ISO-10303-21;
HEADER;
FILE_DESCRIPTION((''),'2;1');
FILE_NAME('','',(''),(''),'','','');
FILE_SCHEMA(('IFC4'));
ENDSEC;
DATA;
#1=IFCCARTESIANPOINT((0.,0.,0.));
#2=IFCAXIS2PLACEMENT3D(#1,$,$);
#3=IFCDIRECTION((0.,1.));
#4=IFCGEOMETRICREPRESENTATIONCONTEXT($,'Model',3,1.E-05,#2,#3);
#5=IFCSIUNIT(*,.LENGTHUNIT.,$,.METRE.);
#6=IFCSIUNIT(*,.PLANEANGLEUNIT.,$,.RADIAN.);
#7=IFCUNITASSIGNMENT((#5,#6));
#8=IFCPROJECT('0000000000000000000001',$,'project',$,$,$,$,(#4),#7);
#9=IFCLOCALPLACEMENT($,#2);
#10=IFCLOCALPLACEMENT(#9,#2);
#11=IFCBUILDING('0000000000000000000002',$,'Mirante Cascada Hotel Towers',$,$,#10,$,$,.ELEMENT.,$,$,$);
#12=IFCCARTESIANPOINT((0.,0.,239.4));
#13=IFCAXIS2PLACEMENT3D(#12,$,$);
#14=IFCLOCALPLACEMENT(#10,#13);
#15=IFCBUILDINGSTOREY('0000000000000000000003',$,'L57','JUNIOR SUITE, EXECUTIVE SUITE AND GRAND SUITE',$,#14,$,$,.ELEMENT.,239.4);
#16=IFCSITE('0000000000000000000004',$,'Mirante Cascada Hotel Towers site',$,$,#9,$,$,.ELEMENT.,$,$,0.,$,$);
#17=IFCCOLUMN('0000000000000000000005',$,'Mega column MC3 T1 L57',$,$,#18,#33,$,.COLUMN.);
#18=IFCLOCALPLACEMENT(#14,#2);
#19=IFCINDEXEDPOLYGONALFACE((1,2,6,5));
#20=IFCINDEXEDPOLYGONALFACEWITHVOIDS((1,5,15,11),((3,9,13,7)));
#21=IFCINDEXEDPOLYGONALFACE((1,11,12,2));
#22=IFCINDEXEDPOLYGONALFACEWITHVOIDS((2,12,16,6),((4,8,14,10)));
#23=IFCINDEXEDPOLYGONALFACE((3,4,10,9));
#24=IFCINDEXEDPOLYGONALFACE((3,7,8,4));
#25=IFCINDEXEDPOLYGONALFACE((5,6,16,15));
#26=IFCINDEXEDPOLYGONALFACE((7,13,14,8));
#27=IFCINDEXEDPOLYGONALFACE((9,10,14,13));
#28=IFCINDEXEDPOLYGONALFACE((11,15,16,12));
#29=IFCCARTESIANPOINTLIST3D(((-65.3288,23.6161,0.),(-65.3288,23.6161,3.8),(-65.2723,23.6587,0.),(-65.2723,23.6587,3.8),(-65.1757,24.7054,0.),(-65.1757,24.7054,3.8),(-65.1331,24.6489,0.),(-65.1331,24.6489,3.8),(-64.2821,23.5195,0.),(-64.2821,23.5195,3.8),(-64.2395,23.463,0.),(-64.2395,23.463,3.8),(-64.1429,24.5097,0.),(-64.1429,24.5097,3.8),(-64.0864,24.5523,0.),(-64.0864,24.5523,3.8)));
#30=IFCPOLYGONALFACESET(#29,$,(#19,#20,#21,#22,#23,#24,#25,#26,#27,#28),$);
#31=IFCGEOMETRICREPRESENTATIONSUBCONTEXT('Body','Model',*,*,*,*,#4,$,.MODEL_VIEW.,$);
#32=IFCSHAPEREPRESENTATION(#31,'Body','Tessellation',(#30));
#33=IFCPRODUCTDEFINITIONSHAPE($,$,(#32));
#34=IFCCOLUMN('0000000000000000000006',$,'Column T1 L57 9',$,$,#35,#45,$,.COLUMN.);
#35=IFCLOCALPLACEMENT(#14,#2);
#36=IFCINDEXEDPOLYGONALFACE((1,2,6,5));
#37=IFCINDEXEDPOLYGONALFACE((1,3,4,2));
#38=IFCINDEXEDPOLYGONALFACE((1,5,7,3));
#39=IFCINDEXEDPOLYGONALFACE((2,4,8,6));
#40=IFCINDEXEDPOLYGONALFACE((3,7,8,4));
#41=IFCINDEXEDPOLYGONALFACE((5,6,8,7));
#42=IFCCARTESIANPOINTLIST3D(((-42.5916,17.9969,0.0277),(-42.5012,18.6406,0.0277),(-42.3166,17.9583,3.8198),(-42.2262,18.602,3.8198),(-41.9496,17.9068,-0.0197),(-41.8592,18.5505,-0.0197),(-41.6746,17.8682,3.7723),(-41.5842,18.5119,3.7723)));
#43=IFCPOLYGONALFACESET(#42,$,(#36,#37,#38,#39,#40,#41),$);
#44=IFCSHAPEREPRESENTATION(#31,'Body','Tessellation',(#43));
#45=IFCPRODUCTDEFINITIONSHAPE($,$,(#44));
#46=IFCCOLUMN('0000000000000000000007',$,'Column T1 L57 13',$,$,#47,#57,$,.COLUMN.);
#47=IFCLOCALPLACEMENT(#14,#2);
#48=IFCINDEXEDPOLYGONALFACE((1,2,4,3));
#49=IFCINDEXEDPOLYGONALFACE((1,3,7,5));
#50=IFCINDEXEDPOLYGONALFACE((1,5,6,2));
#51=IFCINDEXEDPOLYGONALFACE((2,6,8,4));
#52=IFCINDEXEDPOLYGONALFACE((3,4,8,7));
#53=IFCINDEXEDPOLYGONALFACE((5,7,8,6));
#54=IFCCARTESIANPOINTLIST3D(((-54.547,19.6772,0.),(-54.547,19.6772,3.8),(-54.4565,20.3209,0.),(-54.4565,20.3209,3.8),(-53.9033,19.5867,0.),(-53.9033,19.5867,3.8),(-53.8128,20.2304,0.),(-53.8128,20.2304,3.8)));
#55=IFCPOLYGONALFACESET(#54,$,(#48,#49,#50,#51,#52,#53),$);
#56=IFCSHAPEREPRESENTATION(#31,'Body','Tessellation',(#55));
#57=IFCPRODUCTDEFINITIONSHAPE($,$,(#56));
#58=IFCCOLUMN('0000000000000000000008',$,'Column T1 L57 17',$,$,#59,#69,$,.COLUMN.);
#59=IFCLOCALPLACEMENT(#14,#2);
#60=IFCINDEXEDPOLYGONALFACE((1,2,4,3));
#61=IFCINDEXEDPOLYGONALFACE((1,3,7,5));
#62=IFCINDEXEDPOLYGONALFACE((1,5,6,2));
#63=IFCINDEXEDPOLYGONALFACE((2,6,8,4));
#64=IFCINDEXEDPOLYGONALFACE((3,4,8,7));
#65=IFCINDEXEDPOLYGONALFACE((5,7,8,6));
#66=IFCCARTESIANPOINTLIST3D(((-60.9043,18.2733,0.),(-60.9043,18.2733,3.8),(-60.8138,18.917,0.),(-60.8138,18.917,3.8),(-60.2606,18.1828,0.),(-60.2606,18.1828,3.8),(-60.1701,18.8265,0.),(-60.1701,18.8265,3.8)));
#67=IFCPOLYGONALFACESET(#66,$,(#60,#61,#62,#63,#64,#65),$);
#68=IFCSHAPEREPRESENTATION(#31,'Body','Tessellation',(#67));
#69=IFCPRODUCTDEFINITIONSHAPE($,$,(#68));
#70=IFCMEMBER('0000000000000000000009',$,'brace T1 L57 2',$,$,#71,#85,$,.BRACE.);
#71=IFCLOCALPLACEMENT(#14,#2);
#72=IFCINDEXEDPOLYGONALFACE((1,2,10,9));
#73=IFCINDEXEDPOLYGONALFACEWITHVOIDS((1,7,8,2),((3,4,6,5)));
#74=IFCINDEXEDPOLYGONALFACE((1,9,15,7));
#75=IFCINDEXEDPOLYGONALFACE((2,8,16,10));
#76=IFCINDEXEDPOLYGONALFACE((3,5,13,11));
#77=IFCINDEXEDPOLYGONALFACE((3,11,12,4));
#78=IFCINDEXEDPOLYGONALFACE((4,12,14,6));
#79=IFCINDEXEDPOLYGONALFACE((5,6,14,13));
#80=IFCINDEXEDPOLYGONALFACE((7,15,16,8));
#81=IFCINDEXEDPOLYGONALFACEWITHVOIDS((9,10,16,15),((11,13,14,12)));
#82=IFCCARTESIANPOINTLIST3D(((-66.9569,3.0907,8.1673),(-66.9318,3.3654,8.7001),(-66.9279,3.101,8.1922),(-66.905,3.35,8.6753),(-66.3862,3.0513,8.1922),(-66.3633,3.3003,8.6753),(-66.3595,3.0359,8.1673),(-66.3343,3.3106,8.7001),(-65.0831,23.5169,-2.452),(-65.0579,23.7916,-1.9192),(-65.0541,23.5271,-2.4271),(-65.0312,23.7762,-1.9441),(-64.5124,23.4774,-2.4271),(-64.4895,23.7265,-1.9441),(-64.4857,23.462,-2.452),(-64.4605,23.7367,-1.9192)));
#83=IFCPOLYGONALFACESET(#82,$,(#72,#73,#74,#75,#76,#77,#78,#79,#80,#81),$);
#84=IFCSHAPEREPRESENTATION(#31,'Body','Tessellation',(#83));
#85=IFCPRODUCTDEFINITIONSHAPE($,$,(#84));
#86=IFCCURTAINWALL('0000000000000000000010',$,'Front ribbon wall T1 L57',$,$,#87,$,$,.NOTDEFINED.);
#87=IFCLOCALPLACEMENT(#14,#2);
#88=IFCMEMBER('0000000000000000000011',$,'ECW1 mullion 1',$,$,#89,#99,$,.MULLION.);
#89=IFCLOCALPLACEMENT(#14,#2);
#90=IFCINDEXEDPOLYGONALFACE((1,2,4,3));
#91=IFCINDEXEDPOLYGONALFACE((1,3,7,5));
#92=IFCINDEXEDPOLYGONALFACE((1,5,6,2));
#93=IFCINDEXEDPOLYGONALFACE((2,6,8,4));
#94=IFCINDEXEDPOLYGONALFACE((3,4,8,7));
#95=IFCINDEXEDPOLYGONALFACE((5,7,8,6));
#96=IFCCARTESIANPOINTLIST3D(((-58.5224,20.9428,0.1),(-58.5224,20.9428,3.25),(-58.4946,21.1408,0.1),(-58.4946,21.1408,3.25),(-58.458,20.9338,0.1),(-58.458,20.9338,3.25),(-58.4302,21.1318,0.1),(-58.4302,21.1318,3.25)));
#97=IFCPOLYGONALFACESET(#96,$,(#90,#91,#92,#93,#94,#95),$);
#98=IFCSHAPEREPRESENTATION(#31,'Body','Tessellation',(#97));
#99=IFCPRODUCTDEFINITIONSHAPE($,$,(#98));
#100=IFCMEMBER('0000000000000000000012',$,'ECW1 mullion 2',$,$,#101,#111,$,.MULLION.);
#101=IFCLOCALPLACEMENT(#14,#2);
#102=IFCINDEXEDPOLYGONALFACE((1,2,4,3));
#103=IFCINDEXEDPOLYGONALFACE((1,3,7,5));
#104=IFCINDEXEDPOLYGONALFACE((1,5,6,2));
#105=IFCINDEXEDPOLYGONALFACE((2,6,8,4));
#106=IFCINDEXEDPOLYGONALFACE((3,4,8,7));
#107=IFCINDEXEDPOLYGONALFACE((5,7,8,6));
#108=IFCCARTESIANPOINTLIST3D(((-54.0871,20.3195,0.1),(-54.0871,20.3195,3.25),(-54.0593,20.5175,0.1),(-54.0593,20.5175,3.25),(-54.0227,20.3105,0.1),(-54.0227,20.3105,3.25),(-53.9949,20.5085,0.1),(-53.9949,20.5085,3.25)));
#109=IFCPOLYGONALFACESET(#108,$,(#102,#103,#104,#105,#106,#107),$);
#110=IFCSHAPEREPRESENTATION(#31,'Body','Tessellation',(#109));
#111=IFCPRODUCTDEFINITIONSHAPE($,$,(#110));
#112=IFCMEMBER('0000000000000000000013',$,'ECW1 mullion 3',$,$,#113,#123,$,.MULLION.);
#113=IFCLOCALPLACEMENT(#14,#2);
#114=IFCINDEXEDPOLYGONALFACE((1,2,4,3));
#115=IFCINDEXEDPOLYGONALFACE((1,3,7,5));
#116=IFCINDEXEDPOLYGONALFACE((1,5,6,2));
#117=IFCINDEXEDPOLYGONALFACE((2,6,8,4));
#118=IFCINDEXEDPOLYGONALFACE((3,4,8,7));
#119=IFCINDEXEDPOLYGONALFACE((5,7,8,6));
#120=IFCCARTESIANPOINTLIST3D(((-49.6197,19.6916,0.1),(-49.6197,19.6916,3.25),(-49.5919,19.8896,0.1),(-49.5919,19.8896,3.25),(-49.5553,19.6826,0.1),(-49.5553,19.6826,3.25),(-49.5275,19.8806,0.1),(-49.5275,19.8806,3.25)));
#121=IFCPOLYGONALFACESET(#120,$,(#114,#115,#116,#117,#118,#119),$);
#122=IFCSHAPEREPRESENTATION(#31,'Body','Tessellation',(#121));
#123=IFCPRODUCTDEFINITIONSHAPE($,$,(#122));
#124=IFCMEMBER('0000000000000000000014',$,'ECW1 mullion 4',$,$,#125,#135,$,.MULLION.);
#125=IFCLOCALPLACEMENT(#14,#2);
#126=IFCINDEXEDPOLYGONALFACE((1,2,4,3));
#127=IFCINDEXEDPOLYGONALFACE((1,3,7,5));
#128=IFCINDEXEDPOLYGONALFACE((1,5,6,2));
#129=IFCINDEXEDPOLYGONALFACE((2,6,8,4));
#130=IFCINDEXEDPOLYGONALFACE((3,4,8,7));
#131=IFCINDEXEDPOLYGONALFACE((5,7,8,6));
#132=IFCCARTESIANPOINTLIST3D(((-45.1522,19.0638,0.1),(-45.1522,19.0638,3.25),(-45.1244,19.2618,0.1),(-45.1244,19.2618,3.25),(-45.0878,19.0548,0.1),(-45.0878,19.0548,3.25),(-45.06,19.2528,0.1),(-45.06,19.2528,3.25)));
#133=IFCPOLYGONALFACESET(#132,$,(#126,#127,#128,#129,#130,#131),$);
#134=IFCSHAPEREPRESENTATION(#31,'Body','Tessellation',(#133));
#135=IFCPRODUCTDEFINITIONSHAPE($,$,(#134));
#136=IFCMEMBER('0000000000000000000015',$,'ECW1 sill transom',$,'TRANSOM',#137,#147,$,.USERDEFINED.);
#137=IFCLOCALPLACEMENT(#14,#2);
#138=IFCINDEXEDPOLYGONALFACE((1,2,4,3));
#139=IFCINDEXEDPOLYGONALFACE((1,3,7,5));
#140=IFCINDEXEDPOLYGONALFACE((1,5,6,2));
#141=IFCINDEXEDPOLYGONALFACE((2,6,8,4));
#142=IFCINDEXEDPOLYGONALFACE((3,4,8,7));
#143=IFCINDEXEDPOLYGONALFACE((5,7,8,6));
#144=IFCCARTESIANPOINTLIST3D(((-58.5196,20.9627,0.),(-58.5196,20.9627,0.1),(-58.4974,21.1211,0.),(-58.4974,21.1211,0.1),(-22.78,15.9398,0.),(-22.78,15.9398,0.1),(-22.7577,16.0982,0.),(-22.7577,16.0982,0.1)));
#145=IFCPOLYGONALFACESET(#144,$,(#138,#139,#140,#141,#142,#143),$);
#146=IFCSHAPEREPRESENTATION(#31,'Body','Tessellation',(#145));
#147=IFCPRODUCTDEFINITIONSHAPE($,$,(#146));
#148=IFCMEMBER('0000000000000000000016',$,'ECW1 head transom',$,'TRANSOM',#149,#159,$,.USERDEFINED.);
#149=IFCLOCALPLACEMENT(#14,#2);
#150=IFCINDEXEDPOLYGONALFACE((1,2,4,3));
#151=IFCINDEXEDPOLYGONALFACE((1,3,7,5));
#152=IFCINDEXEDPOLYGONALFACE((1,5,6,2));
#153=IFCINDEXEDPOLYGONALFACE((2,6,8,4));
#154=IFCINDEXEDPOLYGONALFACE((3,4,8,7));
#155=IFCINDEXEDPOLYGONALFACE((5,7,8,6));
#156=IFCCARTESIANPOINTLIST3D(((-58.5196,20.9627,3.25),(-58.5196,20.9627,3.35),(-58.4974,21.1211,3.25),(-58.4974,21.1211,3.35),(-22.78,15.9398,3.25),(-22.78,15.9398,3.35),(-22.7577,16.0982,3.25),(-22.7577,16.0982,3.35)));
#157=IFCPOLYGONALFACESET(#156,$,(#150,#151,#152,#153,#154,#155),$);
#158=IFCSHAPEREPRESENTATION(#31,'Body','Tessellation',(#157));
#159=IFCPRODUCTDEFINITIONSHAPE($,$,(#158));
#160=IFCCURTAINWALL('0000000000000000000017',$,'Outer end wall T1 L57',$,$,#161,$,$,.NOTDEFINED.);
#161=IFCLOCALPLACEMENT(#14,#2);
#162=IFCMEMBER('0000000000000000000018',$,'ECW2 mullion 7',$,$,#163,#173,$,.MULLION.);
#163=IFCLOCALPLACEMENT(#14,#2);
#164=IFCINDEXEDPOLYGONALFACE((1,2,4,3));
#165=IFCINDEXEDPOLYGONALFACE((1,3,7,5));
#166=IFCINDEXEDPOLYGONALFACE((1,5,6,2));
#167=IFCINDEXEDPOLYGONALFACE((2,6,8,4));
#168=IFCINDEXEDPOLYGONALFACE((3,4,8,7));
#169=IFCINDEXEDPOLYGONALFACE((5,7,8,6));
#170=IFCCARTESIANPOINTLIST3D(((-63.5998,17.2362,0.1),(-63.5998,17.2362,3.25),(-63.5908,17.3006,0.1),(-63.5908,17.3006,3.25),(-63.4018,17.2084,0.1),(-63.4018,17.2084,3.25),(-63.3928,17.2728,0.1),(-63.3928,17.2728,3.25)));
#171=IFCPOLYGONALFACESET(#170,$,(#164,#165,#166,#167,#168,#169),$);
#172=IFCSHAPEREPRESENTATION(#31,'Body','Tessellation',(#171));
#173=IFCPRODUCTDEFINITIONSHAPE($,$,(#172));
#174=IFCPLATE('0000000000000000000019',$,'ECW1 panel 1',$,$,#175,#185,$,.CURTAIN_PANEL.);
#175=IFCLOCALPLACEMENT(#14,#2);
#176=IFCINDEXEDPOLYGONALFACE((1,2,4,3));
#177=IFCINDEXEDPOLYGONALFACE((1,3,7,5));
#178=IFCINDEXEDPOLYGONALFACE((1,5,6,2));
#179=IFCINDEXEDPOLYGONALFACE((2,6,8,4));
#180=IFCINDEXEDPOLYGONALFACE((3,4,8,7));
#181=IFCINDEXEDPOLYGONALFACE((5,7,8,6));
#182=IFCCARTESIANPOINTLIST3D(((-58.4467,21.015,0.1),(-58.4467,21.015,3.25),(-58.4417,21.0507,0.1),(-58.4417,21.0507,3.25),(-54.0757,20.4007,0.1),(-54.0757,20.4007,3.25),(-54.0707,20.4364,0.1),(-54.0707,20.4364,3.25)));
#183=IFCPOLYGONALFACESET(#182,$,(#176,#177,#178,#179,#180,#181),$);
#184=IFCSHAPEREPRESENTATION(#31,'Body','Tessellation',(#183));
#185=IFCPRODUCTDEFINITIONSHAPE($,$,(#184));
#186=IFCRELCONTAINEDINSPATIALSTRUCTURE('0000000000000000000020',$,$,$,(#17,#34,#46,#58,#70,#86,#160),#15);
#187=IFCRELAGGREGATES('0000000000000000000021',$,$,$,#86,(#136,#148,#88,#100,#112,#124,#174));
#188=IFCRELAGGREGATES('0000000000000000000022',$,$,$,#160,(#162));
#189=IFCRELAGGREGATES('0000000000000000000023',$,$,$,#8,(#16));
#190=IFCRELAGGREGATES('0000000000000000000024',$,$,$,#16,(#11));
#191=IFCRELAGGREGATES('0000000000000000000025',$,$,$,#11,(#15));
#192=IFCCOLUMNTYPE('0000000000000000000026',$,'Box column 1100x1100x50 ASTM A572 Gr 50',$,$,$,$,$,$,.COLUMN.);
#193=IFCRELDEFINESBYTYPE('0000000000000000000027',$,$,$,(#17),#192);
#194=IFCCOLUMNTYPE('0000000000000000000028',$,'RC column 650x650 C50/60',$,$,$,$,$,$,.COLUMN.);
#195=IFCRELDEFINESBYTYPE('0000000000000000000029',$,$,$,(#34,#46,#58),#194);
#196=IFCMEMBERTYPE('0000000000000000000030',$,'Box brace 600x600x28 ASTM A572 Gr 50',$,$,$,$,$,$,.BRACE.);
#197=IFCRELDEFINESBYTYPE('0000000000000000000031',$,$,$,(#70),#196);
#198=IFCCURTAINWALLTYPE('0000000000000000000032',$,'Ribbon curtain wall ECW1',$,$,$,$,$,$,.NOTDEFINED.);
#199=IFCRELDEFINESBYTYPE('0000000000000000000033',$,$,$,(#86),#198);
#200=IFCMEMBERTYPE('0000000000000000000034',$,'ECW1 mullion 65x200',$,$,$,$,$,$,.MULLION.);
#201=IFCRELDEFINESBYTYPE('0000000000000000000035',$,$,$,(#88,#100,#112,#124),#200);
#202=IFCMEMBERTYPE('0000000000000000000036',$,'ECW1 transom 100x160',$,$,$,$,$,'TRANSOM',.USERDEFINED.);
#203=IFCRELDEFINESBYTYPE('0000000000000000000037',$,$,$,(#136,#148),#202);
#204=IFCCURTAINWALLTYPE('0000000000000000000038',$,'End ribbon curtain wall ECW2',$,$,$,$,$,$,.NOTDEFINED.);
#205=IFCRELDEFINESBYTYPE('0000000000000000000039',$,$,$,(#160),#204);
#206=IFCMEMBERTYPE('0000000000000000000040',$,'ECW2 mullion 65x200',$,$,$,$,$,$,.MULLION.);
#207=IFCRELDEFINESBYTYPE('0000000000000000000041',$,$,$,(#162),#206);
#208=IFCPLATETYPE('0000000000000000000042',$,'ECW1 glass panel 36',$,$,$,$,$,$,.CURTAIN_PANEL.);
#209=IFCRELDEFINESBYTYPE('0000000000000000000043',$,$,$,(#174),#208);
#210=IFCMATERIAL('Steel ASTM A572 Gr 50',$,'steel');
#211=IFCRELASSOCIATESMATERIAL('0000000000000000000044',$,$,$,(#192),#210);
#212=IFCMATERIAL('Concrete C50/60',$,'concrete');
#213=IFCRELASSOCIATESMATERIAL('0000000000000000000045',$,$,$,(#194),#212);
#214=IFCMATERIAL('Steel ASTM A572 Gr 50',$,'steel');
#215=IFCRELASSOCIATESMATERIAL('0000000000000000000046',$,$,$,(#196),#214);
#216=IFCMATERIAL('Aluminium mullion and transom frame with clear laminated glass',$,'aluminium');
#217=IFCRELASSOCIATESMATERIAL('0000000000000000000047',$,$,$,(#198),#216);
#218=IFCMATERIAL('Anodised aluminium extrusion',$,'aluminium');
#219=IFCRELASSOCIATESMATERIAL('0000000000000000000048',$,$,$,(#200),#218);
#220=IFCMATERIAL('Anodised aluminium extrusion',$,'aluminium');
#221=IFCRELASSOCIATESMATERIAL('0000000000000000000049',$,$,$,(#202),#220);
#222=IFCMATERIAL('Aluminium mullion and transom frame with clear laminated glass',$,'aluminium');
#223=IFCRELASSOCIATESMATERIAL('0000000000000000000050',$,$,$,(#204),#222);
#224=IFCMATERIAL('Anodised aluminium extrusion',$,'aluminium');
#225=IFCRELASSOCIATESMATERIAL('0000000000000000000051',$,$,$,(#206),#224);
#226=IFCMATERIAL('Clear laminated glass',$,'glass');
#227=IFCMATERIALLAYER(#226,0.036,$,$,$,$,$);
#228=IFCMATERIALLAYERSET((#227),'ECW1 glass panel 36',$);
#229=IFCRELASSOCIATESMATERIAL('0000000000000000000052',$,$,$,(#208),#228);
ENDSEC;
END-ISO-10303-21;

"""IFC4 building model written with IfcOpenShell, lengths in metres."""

from ifc_helpers import new_model, si_unit, direction, frame, origin, origin_2d, place, context, subcontext, project, spatial, rectangle, hollow_rectangle, extrude, material, layer, layer_set, material_profile, profile_set, type_object, element, aggregate, save


model = new_model("IFC4")

# Units and contexts
model_context = context("Model", 3, precision=1e-05, world=origin(), true_north=direction((0.0, 1.0)))
body_context = subcontext(model_context, "Body", "Model", "MODEL_VIEW")
ifc_project = project(units=[si_unit("LENGTHUNIT", "METRE"), si_unit("PLANEANGLEUNIT", "RADIAN")], contexts=[model_context])

# Site, building, storey
site_placement = place(None, origin())
site = spatial("IfcSite", under=ifc_project, at=site_placement, Name="Mirante Cascada Hotel Towers site", CompositionType="ELEMENT", RefElevation=0.0)
building_placement = place(site_placement, origin())
building = spatial("IfcBuilding", under=site, at=building_placement, Name="Mirante Cascada Hotel Towers", CompositionType="ELEMENT")
storey_placement = place(building_placement, frame((0.0, 0.0, 239.4)))
storey = spatial("IfcBuildingStorey", under=building, at=storey_placement, Name="L57", Description="JUNIOR SUITE, EXECUTIVE SUITE AND GRAND SUITE", CompositionType="ELEMENT", Elevation=239.4)

# Columns
ifc_material_1 = material(Name="Steel ASTM A572 Gr 50", Category="steel")
ifc_material_profile_1 = material_profile(ifc_material_1, hollow_rectangle(XDim=1.1, YDim=1.1, WallThickness=0.05, at=origin_2d()), Name="Box column 1100x1100x50 ASTM A572 Gr 50")
ifc_profile_set_1 = profile_set([ifc_material_profile_1], Name="Steel ASTM A572 Gr 50")
column_type_1 = type_object("IfcColumnType", Name="Box column 1100x1100x50 ASTM A572 Gr 50", PredefinedType="COLUMN", material=ifc_profile_set_1)
column_1_placement = place(storey_placement, frame((-64.7076, 24.0842, 0.0), z_axis=(0.0, 0.0, 1.0), x_axis=(-0.990268, 0.139173, 0.0)))
element("IfcColumn", 1, at=column_1_placement, inside=storey, type_object=column_type_1, Name="Mega column MC3 T1 L57", PredefinedType="COLUMN", context=body_context, shape_type="SweptSolid", body=[
    extrude(hollow_rectangle(XDim=1.1, YDim=1.1, WallThickness=0.05, at=origin_2d()), origin(), (0.0, 0.0, 1.0), 3.8),
])
ifc_material_2 = material(Name="Concrete C50/60", Category="concrete")
ifc_material_profile_2 = material_profile(ifc_material_2, rectangle(XDim=0.65, YDim=0.65, at=origin_2d()), Name="RC column 650x650 C50/60")
ifc_profile_set_2 = profile_set([ifc_material_profile_2], Name="Concrete C50/60")
column_type_2 = type_object("IfcColumnType", Name="RC column 650x650 C50/60", PredefinedType="COLUMN", material=ifc_profile_set_2)
column_2_placement = place(storey_placement, frame((-42.2254, 18.2737, 0.004), z_axis=(0.072327, -0.010152, 0.997329), x_axis=(0.139001, 0.990292, 0.0)))
element("IfcColumn", 2, at=column_2_placement, inside=storey, type_object=column_type_2, Name="Column T1 L57 9", PredefinedType="COLUMN", context=body_context, shape_type="SweptSolid", body=[
    extrude(rectangle(XDim=0.65, YDim=0.65, at=origin_2d()), origin(), (0.0, 0.0, 1.0), 3.8022),
])
for number, where, z_axis, x_axis, name in (
    (3, (-54.1799, 19.9538, 0.0), (0.0, 0.0, 1.0), (-0.990268, 0.139173, 0.0), "Column T1 L57 13"),
    (4, (-60.5372, 18.5499, 0.0), (0.0, 0.0, 1.0), (-0.990268, 0.139173, 0.0), "Column T1 L57 17"),
):
    element("IfcColumn", number, at=place(storey_placement, frame(where, z_axis=z_axis, x_axis=x_axis)), inside=storey, type_object=column_type_2, Name=name, PredefinedType="COLUMN", context=body_context, shape_type="SweptSolid", body=[
        extrude(rectangle(XDim=0.65, YDim=0.65, at=origin_2d()), origin(), (0.0, 0.0, 1.0), 3.8),
    ])

# Member
ifc_material_3 = material(Name="Steel ASTM A572 Gr 50", Category="steel")
ifc_material_profile_3 = material_profile(ifc_material_3, hollow_rectangle(XDim=0.6, YDim=0.6, WallThickness=0.028, at=origin_2d()), Name="Box brace 600x600x28 ASTM A572 Gr 50")
ifc_profile_set_3 = profile_set([ifc_material_profile_3], Name="Steel ASTM A572 Gr 50")
member_type_1 = type_object("IfcMemberType", Name="Box brace 600x600x28 ASTM A572 Gr 50", PredefinedType="BRACE", material=ifc_profile_set_3)
member_1_placement = place(storey_placement, frame((-64.7718, 23.6268, -2.1856), z_axis=(-0.081125, -0.884333, 0.459755), x_axis=(0.995819, -0.091352, 0.0)))
element("IfcMember", 5, at=member_1_placement, inside=storey, type_object=member_type_1, Name="brace T1 L57 2", PredefinedType="BRACE", context=body_context, shape_type="SweptSolid", body=[
    extrude(hollow_rectangle(XDim=0.6, YDim=0.6, WallThickness=0.028, at=origin_2d()), origin(), (0.0, 0.0, 1.0), 23.0978),
])

# Curtain wall, members
ifc_material_4 = material(Name="Aluminium mullion and transom frame with clear laminated glass", Category="aluminium")
curtain_wall_type_1 = type_object("IfcCurtainWallType", Name="Ribbon curtain wall ECW1", PredefinedType="NOTDEFINED", material=ifc_material_4)
curtain_wall_1_placement = place(storey_placement, origin())
curtain_wall_1 = element("IfcCurtainWall", 6, at=curtain_wall_1_placement, inside=storey, type_object=curtain_wall_type_1, Name="Front ribbon wall T1 L57", PredefinedType="NOTDEFINED")
ifc_material_5 = material(Name="Anodised aluminium extrusion", Category="aluminium")
ifc_material_profile_4 = material_profile(ifc_material_5, rectangle(XDim=0.2, YDim=0.065, at=origin_2d()), Name="ECW1 MULLION 65x200")
ifc_profile_set_4 = profile_set([ifc_material_profile_4], Name="Anodised aluminium extrusion")
member_type_2 = type_object("IfcMemberType", Name="ECW1 mullion 65x200", PredefinedType="MULLION", material=ifc_profile_set_4)
member_2_placement = place(storey_placement, frame((-58.4763, 21.0373, 0.1), z_axis=(0.0, 0.0, 1.0), x_axis=(0.139173, 0.990268, 0.0)))
member_2 = element("IfcMember", 7, at=member_2_placement, type_object=member_type_2, Name="ECW1 mullion 1", PredefinedType="MULLION", context=body_context, shape_type="SweptSolid", body=[
    extrude(rectangle(XDim=0.2, YDim=0.065, at=origin_2d()), origin(), (0.0, 0.0, 1.0), 3.15),
])
member_3_placement = place(storey_placement, frame((-54.041, 20.414, 0.1), z_axis=(0.0, 0.0, 1.0), x_axis=(0.139173, 0.990268, 0.0)))
member_3 = element("IfcMember", 8, at=member_3_placement, type_object=member_type_2, Name="ECW1 mullion 2", PredefinedType="MULLION", context=body_context, shape_type="SweptSolid", body=[
    extrude(rectangle(XDim=0.2, YDim=0.065, at=origin_2d()), origin(), (0.0, 0.0, 1.0), 3.15),
])
member_4_placement = place(storey_placement, frame((-49.5736, 19.7861, 0.1), z_axis=(0.0, 0.0, 1.0), x_axis=(0.139173, 0.990268, 0.0)))
member_4 = element("IfcMember", 9, at=member_4_placement, type_object=member_type_2, Name="ECW1 mullion 3", PredefinedType="MULLION", context=body_context, shape_type="SweptSolid", body=[
    extrude(rectangle(XDim=0.2, YDim=0.065, at=origin_2d()), origin(), (0.0, 0.0, 1.0), 3.15),
])
member_5_placement = place(storey_placement, frame((-45.1061, 19.1583, 0.1), z_axis=(0.0, 0.0, 1.0), x_axis=(0.139173, 0.990268, 0.0)))
member_5 = element("IfcMember", 10, at=member_5_placement, type_object=member_type_2, Name="ECW1 mullion 4", PredefinedType="MULLION", context=body_context, shape_type="SweptSolid", body=[
    extrude(rectangle(XDim=0.2, YDim=0.065, at=origin_2d()), origin(), (0.0, 0.0, 1.0), 3.15),
])
ifc_material_6 = material(Name="Anodised aluminium extrusion", Category="aluminium")
ifc_material_profile_5 = material_profile(ifc_material_6, rectangle(XDim=0.16, YDim=0.1, at=origin_2d()), Name="ECW1 TRANSOM 100x160")
ifc_profile_set_5 = profile_set([ifc_material_profile_5], Name="Anodised aluminium extrusion")
member_type_3 = type_object("IfcMemberType", Name="ECW1 transom 100x160", ElementType="TRANSOM", PredefinedType="USERDEFINED", material=ifc_profile_set_5)
member_6_placement = place(storey_placement, frame((-58.5085, 21.0419, 0.05), z_axis=(0.990268, -0.139173, 0.0), x_axis=(0.139173, 0.990268, 0.0)))
member_6 = element("IfcMember", 11, at=member_6_placement, type_object=member_type_3, Name="ECW1 sill transom", ObjectType="TRANSOM", PredefinedType="USERDEFINED", context=body_context, shape_type="SweptSolid", body=[
    extrude(rectangle(XDim=0.16, YDim=0.1, at=origin_2d()), origin(), (0.0, 0.0, 1.0), 36.0909),
])
member_7_placement = place(storey_placement, frame((-58.5085, 21.0419, 3.3), z_axis=(0.990268, -0.139173, 0.0), x_axis=(0.139173, 0.990268, 0.0)))
member_7 = element("IfcMember", 12, at=member_7_placement, type_object=member_type_3, Name="ECW1 head transom", ObjectType="TRANSOM", PredefinedType="USERDEFINED", context=body_context, shape_type="SweptSolid", body=[
    extrude(rectangle(XDim=0.16, YDim=0.1, at=origin_2d()), origin(), (0.0, 0.0, 1.0), 36.0909),
])

# Curtain wall, member
ifc_material_7 = material(Name="Aluminium mullion and transom frame with clear laminated glass", Category="aluminium")
curtain_wall_type_2 = type_object("IfcCurtainWallType", Name="End ribbon curtain wall ECW2", PredefinedType="NOTDEFINED", material=ifc_material_7)
curtain_wall_2_placement = place(storey_placement, origin())
curtain_wall_2 = element("IfcCurtainWall", 13, at=curtain_wall_2_placement, inside=storey, type_object=curtain_wall_type_2, Name="Outer end wall T1 L57", PredefinedType="NOTDEFINED")
ifc_material_8 = material(Name="Anodised aluminium extrusion", Category="aluminium")
ifc_material_profile_6 = material_profile(ifc_material_8, rectangle(XDim=0.2, YDim=0.065, at=origin_2d()), Name="ECW2 MULLION 65x200")
ifc_profile_set_6 = profile_set([ifc_material_profile_6], Name="Anodised aluminium extrusion")
member_type_4 = type_object("IfcMemberType", Name="ECW2 mullion 65x200", PredefinedType="MULLION", material=ifc_profile_set_6)
member_8_placement = place(storey_placement, frame((-63.4963, 17.2545, 0.1), z_axis=(0.0, 0.0, 1.0), x_axis=(-0.990268, 0.139173, 0.0)))
member_8 = element("IfcMember", 14, at=member_8_placement, type_object=member_type_4, Name="ECW2 mullion 7", PredefinedType="MULLION", context=body_context, shape_type="SweptSolid", body=[
    extrude(rectangle(XDim=0.2, YDim=0.065, at=origin_2d()), origin(), (0.0, 0.0, 1.0), 3.15),
])

# Plate
ifc_material_9 = material(Name="Clear laminated glass", Category="glass")
ifc_layer_1 = layer(ifc_material_9, 0.036)
ifc_layer_set_1 = layer_set([ifc_layer_1], Name="ECW1 glass panel 36")
plate_type_1 = type_object("IfcPlateType", Name="ECW1 glass panel 36", PredefinedType="CURTAIN_PANEL", material=ifc_layer_set_1)
plate_1_placement = place(storey_placement, frame((-56.2587, 20.7257, 0.1), z_axis=(0.0, 0.0, 1.0), x_axis=(0.990268, -0.139173, 0.0)))
plate_1 = element("IfcPlate", 15, at=plate_1_placement, type_object=plate_type_1, Name="ECW1 panel 1", PredefinedType="CURTAIN_PANEL", context=body_context, shape_type="SweptSolid", body=[
    extrude(rectangle(XDim=4.4139, YDim=0.036, at=origin_2d()), origin(), (0.0, 0.0, 1.0), 3.15),
])
aggregate(curtain_wall_1, [member_6, member_7, member_2, member_3, member_4, member_5, plate_1])
aggregate(curtain_wall_2, [member_8])

save(model, "model.ifc")
